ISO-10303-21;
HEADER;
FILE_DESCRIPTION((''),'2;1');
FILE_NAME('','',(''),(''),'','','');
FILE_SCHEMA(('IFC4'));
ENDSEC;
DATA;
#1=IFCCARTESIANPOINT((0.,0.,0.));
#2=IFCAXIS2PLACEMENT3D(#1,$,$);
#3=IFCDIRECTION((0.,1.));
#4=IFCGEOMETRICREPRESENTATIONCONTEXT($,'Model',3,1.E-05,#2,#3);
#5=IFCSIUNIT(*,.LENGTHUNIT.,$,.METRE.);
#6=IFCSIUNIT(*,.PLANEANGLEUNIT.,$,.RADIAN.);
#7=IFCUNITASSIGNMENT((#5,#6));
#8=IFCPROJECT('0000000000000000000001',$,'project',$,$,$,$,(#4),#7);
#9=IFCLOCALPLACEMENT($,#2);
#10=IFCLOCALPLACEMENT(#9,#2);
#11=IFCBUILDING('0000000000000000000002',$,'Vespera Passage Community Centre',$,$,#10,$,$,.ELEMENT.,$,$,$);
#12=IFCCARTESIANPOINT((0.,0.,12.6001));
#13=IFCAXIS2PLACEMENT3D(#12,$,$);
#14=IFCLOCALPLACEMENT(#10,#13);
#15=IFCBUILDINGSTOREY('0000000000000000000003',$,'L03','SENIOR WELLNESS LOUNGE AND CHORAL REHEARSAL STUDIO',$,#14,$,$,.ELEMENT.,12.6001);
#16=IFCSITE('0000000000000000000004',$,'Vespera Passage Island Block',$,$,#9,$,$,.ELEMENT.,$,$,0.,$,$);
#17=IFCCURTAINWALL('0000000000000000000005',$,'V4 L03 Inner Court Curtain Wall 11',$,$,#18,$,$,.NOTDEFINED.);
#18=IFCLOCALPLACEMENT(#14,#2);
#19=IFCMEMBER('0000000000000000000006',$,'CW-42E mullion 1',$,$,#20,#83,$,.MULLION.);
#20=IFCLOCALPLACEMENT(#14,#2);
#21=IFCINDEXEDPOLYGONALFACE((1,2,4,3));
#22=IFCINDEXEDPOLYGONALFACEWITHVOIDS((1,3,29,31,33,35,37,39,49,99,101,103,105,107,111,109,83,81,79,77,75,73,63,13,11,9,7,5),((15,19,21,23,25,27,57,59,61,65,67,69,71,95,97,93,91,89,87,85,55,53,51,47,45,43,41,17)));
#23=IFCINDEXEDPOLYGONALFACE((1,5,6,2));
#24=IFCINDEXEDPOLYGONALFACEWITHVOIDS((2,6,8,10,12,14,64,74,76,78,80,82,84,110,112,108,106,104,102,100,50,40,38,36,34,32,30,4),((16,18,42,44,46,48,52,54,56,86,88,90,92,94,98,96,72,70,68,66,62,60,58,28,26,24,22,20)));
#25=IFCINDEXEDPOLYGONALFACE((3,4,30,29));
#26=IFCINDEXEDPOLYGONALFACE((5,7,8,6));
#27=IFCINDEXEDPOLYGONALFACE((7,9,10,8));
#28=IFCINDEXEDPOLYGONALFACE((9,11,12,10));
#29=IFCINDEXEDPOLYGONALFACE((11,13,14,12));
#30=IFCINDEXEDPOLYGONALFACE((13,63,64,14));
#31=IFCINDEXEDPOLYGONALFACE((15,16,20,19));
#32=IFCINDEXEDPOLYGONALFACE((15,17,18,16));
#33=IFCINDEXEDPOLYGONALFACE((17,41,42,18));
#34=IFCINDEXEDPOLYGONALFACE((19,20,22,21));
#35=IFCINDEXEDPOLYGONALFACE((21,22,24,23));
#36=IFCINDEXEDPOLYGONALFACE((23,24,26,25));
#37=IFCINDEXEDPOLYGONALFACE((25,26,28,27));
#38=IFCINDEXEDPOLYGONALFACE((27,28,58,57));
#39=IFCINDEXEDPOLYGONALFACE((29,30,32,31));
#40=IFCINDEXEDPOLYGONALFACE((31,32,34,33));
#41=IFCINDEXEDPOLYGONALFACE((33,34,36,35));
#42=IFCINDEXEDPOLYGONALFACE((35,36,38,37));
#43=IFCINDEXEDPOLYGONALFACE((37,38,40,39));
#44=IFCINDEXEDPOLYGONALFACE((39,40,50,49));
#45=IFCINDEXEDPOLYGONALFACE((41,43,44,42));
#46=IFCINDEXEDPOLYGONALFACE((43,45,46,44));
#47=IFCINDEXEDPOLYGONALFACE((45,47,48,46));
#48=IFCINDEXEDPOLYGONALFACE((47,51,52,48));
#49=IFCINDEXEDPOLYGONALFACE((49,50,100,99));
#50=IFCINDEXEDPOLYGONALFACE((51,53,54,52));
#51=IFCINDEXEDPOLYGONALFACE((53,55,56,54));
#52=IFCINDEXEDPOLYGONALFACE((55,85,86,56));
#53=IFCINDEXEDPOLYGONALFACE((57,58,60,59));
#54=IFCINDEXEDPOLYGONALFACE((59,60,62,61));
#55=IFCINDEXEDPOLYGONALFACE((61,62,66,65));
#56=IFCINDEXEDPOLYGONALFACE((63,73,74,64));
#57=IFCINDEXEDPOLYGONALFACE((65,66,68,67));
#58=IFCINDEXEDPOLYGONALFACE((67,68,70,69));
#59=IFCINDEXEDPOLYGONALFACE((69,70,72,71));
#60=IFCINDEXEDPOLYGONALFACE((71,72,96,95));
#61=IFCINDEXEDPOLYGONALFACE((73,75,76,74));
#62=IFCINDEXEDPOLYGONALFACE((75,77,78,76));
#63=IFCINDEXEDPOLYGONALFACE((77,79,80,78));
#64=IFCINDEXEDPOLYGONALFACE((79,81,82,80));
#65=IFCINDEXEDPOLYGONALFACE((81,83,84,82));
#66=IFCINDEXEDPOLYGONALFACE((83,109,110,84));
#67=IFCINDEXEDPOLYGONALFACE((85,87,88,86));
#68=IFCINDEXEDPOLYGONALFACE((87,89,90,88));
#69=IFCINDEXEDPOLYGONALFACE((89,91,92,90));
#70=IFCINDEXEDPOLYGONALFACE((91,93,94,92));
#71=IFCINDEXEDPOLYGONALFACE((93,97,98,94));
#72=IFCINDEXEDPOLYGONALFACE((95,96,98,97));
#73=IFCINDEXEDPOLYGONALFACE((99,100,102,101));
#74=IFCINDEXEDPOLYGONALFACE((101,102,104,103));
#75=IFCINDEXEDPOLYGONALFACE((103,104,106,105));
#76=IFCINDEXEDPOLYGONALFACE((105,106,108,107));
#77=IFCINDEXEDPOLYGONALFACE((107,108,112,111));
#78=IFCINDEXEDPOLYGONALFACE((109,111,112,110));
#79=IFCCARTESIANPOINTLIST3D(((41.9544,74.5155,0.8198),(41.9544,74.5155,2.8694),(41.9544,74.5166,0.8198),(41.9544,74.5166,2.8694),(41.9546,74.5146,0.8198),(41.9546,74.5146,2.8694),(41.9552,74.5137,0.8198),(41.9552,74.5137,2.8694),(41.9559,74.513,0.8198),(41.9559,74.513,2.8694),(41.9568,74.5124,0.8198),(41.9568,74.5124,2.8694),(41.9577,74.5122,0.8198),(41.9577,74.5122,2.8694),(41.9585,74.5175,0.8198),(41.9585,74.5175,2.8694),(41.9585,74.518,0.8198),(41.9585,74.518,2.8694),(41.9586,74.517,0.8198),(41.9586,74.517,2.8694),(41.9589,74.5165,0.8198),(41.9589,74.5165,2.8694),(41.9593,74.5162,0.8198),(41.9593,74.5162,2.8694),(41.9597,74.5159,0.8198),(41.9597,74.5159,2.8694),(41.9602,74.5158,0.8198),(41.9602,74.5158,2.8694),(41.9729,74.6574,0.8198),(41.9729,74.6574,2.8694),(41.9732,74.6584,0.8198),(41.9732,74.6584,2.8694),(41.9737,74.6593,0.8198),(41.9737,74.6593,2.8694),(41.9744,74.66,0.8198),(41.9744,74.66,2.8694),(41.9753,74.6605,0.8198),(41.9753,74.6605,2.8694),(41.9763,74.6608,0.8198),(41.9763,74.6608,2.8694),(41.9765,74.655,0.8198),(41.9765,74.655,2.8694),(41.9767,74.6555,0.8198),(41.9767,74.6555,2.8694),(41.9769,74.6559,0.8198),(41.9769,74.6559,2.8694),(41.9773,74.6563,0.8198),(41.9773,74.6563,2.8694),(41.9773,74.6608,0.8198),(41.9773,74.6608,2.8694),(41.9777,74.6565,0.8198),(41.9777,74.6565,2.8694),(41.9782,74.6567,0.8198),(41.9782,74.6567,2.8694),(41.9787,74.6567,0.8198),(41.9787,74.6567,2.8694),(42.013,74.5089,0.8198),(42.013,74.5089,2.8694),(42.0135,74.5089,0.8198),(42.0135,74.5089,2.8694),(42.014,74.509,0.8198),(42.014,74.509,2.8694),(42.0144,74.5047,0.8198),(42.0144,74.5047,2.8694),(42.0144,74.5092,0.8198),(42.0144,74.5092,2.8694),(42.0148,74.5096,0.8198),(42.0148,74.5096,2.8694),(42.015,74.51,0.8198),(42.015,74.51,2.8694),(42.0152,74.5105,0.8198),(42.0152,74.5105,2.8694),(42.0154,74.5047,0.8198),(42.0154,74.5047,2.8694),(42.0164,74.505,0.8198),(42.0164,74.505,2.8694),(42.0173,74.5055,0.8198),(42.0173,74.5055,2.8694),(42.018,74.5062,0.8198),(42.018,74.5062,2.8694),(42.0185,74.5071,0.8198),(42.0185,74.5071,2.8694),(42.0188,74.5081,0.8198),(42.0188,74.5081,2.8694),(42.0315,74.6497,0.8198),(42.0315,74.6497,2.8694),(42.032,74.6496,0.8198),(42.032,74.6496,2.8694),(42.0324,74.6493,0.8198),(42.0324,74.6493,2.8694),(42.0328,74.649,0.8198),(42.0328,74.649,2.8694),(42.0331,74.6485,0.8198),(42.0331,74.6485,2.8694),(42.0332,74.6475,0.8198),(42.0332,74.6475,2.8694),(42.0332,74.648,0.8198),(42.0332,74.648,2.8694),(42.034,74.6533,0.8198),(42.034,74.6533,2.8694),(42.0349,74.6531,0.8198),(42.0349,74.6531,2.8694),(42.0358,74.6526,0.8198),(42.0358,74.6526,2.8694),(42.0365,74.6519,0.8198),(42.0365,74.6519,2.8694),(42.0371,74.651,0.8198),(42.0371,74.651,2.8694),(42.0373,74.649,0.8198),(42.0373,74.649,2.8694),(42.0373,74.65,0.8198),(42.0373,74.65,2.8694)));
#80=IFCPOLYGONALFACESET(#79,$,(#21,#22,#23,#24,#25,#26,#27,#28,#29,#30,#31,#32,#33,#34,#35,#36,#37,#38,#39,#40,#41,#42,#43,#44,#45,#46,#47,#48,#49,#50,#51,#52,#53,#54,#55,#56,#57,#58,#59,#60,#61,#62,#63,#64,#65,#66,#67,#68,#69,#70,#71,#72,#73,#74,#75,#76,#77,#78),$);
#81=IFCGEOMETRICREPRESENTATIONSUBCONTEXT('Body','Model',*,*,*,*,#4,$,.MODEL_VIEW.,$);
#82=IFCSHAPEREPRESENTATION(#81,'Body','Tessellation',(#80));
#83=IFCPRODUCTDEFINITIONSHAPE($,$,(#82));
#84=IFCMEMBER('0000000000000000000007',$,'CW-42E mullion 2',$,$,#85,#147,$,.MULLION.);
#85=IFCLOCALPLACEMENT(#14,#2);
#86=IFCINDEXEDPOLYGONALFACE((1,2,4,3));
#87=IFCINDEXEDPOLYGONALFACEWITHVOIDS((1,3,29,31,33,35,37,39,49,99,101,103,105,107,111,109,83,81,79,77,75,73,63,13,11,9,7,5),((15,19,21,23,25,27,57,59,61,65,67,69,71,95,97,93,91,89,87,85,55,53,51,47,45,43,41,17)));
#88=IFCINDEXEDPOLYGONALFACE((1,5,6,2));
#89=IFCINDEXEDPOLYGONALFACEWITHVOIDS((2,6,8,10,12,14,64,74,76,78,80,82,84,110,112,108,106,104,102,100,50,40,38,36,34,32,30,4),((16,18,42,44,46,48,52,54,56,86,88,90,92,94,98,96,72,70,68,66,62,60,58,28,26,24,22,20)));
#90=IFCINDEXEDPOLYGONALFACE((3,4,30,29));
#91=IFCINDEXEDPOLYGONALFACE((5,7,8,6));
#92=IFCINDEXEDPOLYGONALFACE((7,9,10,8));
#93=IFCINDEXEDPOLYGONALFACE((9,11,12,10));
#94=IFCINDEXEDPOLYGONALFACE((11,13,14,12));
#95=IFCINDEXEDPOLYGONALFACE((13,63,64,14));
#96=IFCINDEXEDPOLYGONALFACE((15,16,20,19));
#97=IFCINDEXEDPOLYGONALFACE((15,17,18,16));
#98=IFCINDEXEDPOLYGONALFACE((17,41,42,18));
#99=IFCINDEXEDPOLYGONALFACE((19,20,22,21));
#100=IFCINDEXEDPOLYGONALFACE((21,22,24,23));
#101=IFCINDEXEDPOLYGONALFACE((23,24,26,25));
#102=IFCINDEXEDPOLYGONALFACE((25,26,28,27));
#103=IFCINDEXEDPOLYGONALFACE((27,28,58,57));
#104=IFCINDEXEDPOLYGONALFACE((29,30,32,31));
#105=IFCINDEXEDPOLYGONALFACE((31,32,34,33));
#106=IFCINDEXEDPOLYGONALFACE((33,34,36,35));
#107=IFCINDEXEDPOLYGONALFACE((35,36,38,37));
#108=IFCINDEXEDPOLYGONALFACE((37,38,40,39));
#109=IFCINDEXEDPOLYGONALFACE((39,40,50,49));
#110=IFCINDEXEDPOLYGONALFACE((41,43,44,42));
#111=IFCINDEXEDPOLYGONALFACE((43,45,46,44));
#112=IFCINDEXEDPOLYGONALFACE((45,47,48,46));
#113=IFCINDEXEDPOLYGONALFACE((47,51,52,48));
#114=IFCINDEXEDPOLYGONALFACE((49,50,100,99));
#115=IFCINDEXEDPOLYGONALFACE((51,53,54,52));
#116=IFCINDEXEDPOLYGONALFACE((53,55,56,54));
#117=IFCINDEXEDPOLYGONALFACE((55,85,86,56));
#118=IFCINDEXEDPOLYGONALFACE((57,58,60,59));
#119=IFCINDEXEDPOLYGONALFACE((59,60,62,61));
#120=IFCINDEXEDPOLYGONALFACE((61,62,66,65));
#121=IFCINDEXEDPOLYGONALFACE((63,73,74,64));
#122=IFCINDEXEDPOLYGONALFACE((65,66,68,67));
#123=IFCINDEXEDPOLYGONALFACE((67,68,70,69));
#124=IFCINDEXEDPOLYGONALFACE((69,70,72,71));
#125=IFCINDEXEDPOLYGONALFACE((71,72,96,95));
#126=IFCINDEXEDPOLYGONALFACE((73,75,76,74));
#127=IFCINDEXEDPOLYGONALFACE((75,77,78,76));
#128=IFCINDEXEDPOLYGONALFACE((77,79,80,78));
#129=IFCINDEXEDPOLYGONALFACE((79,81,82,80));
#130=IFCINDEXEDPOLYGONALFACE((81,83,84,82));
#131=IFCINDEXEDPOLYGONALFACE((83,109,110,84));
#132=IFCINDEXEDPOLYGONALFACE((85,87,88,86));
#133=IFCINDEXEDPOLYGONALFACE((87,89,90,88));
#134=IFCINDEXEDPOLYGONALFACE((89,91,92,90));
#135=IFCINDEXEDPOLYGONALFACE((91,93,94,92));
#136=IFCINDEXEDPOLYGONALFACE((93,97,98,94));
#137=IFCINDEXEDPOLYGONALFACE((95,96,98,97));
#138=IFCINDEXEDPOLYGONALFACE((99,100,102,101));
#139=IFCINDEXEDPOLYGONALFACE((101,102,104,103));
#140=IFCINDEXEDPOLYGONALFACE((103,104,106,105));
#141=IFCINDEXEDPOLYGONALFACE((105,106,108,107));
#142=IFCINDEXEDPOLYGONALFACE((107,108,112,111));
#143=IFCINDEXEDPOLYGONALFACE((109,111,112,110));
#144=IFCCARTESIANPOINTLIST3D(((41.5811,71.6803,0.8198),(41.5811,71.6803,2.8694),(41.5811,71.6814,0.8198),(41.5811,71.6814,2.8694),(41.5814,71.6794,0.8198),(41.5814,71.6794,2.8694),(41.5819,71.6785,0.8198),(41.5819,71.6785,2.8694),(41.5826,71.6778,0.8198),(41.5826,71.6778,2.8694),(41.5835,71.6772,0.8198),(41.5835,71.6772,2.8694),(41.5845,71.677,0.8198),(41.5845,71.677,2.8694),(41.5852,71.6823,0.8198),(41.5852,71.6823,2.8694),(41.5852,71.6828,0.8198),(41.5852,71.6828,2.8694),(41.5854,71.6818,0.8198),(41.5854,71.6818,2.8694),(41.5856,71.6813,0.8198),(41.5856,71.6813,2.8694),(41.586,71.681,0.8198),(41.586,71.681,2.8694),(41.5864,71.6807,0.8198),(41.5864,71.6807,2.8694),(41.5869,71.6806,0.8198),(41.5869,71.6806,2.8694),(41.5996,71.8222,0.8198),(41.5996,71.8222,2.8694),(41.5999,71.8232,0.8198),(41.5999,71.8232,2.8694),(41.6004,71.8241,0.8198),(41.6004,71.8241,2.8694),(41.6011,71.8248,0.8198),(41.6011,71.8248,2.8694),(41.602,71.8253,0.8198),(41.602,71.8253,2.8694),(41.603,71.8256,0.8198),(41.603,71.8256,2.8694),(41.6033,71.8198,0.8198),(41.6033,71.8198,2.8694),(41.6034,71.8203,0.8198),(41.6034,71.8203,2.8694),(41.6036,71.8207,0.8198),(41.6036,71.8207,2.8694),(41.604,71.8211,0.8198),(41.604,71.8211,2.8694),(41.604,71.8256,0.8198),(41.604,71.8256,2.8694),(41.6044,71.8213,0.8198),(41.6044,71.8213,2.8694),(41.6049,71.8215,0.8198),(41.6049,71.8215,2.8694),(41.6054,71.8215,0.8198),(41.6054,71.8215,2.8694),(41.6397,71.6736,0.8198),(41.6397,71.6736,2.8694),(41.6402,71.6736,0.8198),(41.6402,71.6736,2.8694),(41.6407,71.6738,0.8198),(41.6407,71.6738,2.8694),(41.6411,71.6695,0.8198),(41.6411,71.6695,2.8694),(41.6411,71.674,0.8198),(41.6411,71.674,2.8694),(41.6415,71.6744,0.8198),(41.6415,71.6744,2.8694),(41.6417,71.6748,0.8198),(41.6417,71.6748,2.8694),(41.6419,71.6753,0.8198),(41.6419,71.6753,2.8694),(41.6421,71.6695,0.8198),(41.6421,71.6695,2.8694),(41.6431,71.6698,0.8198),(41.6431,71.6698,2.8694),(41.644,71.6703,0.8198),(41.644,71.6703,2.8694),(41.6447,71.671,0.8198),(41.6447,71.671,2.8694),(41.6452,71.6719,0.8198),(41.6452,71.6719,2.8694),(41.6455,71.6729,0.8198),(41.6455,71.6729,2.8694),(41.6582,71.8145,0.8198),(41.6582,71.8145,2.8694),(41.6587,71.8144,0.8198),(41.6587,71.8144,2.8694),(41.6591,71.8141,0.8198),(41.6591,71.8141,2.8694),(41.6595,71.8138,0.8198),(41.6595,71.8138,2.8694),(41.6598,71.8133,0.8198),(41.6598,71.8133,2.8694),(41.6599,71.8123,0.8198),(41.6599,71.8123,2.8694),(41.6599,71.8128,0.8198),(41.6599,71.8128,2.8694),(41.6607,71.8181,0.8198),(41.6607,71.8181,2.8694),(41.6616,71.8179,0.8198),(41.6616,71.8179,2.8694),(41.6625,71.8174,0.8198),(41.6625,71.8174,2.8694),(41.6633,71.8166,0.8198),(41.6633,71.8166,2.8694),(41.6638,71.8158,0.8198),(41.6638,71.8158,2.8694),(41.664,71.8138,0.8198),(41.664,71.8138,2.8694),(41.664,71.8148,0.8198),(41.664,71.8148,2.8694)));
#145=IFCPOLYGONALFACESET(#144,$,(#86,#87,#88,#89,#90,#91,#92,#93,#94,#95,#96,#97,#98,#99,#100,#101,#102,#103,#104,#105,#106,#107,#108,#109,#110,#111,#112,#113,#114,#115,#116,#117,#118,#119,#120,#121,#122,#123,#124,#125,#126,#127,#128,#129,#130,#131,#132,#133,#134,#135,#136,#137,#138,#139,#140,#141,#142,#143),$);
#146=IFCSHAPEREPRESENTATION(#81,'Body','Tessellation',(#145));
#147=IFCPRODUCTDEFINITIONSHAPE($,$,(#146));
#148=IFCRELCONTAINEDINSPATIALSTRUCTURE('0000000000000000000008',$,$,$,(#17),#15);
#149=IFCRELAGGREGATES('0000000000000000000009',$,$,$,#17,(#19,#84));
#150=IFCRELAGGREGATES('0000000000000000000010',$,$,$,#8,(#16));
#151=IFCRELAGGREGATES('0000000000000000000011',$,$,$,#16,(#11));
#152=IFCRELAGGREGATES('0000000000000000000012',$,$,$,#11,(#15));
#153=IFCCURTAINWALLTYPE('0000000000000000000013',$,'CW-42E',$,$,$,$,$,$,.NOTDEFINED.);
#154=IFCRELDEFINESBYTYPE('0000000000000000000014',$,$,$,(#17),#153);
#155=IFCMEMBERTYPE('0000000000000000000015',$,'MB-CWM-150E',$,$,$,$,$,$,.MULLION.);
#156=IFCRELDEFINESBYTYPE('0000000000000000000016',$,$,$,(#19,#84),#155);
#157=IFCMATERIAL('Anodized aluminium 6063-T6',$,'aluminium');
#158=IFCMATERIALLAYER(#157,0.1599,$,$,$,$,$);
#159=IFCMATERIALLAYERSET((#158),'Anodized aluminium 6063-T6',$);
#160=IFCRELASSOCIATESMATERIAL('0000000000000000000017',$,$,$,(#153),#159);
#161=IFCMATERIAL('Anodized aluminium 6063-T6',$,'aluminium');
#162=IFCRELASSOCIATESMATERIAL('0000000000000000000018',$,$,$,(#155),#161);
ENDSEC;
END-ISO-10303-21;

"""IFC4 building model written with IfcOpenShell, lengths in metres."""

from ifc_helpers import new_model, si_unit, direction, frame, origin, origin_2d, place, context, subcontext, project, spatial, hollow_rectangle, extrude, material, layer, layer_set, material_profile, profile_set, type_object, element, aggregate, save


model = new_model("IFC4")

# Units and contexts
model_context = context("Model", 3, precision=1e-05, world=origin(), true_north=direction((0.0, 1.0)))
body_context = subcontext(model_context, "Body", "Model", "MODEL_VIEW")
ifc_project = project(units=[si_unit("LENGTHUNIT", "METRE"), si_unit("PLANEANGLEUNIT", "RADIAN")], contexts=[model_context])

# Site, building, storey
site_placement = place(None, origin())
site = spatial("IfcSite", under=ifc_project, at=site_placement, Name="Vespera Passage Island Block", CompositionType="ELEMENT", RefElevation=0.0)
building_placement = place(site_placement, origin())
building = spatial("IfcBuilding", under=site, at=building_placement, Name="Vespera Passage Community Centre", CompositionType="ELEMENT")
storey_placement = place(building_placement, frame((0.0, 0.0, 12.6001)))
storey = spatial("IfcBuildingStorey", under=building, at=storey_placement, Name="L03", Description="SENIOR WELLNESS LOUNGE AND CHORAL REHEARSAL STUDIO", CompositionType="ELEMENT", Elevation=12.6001)

# Curtain wall, members
ifc_material_1 = material(Name="Anodized aluminium 6063-T6", Category="aluminium")
ifc_layer_1 = layer(ifc_material_1, 0.1599)
ifc_layer_set_1 = layer_set([ifc_layer_1], Name="Anodized aluminium 6063-T6")
curtain_wall_type_1 = type_object("IfcCurtainWallType", Name="CW-42E", PredefinedType="NOTDEFINED", material=ifc_layer_set_1)
curtain_wall_1_placement = place(storey_placement, origin())
curtain_wall_1 = element("IfcCurtainWall", 1, at=curtain_wall_1_placement, inside=storey, type_object=curtain_wall_type_1, Name="V4 L03 Inner Court Curtain Wall 11", PredefinedType="NOTDEFINED")
ifc_material_2 = material(Name="Anodized aluminium 6063-T6", Category="aluminium")
ifc_material_profile_1 = material_profile(ifc_material_2, hollow_rectangle(XDim=0.0649, YDim=0.1499, WallThickness=0.0039, InnerFilletRadius=0.002, OuterFilletRadius=0.0039, at=origin_2d()), Name="ALU150X65X4")
ifc_profile_set_1 = profile_set([ifc_material_profile_1], Name="Anodized aluminium 6063-T6")
member_type_1 = type_object("IfcMemberType", Name="MB-CWM-150E", PredefinedType="MULLION", material=ifc_profile_set_1)
member_1_placement = place(storey_placement, frame((41.9958, 74.5828, 0.8198), z_axis=(0.0, 0.0, 1.0), x_axis=(0.991445, -0.130522, 0.0)))
member_1 = element("IfcMember", 2, at=member_1_placement, type_object=member_type_1, Name="CW-42E mullion 1", PredefinedType="MULLION", context=body_context, shape_type="SweptSolid", body=[
    extrude(hollow_rectangle(XDim=0.0649, YDim=0.1499, WallThickness=0.0039, InnerFilletRadius=0.002, OuterFilletRadius=0.0039, at=origin_2d()), origin(), (0.0, 0.0, 1.0), 2.0496),
])
member_2_placement = place(storey_placement, frame((41.6226, 71.7476, 0.8198), z_axis=(0.0, 0.0, 1.0), x_axis=(0.991445, -0.130522, 0.0)))
member_2 = element("IfcMember", 3, at=member_2_placement, type_object=member_type_1, Name="CW-42E mullion 2", PredefinedType="MULLION", context=body_context, shape_type="SweptSolid", body=[
    extrude(hollow_rectangle(XDim=0.0649, YDim=0.1499, WallThickness=0.0039, InnerFilletRadius=0.002, OuterFilletRadius=0.0039, at=origin_2d()), origin(), (0.0, 0.0, 1.0), 2.0496),
])

aggregate(curtain_wall_1, [member_1, member_2])

save(model, "model.ifc")
